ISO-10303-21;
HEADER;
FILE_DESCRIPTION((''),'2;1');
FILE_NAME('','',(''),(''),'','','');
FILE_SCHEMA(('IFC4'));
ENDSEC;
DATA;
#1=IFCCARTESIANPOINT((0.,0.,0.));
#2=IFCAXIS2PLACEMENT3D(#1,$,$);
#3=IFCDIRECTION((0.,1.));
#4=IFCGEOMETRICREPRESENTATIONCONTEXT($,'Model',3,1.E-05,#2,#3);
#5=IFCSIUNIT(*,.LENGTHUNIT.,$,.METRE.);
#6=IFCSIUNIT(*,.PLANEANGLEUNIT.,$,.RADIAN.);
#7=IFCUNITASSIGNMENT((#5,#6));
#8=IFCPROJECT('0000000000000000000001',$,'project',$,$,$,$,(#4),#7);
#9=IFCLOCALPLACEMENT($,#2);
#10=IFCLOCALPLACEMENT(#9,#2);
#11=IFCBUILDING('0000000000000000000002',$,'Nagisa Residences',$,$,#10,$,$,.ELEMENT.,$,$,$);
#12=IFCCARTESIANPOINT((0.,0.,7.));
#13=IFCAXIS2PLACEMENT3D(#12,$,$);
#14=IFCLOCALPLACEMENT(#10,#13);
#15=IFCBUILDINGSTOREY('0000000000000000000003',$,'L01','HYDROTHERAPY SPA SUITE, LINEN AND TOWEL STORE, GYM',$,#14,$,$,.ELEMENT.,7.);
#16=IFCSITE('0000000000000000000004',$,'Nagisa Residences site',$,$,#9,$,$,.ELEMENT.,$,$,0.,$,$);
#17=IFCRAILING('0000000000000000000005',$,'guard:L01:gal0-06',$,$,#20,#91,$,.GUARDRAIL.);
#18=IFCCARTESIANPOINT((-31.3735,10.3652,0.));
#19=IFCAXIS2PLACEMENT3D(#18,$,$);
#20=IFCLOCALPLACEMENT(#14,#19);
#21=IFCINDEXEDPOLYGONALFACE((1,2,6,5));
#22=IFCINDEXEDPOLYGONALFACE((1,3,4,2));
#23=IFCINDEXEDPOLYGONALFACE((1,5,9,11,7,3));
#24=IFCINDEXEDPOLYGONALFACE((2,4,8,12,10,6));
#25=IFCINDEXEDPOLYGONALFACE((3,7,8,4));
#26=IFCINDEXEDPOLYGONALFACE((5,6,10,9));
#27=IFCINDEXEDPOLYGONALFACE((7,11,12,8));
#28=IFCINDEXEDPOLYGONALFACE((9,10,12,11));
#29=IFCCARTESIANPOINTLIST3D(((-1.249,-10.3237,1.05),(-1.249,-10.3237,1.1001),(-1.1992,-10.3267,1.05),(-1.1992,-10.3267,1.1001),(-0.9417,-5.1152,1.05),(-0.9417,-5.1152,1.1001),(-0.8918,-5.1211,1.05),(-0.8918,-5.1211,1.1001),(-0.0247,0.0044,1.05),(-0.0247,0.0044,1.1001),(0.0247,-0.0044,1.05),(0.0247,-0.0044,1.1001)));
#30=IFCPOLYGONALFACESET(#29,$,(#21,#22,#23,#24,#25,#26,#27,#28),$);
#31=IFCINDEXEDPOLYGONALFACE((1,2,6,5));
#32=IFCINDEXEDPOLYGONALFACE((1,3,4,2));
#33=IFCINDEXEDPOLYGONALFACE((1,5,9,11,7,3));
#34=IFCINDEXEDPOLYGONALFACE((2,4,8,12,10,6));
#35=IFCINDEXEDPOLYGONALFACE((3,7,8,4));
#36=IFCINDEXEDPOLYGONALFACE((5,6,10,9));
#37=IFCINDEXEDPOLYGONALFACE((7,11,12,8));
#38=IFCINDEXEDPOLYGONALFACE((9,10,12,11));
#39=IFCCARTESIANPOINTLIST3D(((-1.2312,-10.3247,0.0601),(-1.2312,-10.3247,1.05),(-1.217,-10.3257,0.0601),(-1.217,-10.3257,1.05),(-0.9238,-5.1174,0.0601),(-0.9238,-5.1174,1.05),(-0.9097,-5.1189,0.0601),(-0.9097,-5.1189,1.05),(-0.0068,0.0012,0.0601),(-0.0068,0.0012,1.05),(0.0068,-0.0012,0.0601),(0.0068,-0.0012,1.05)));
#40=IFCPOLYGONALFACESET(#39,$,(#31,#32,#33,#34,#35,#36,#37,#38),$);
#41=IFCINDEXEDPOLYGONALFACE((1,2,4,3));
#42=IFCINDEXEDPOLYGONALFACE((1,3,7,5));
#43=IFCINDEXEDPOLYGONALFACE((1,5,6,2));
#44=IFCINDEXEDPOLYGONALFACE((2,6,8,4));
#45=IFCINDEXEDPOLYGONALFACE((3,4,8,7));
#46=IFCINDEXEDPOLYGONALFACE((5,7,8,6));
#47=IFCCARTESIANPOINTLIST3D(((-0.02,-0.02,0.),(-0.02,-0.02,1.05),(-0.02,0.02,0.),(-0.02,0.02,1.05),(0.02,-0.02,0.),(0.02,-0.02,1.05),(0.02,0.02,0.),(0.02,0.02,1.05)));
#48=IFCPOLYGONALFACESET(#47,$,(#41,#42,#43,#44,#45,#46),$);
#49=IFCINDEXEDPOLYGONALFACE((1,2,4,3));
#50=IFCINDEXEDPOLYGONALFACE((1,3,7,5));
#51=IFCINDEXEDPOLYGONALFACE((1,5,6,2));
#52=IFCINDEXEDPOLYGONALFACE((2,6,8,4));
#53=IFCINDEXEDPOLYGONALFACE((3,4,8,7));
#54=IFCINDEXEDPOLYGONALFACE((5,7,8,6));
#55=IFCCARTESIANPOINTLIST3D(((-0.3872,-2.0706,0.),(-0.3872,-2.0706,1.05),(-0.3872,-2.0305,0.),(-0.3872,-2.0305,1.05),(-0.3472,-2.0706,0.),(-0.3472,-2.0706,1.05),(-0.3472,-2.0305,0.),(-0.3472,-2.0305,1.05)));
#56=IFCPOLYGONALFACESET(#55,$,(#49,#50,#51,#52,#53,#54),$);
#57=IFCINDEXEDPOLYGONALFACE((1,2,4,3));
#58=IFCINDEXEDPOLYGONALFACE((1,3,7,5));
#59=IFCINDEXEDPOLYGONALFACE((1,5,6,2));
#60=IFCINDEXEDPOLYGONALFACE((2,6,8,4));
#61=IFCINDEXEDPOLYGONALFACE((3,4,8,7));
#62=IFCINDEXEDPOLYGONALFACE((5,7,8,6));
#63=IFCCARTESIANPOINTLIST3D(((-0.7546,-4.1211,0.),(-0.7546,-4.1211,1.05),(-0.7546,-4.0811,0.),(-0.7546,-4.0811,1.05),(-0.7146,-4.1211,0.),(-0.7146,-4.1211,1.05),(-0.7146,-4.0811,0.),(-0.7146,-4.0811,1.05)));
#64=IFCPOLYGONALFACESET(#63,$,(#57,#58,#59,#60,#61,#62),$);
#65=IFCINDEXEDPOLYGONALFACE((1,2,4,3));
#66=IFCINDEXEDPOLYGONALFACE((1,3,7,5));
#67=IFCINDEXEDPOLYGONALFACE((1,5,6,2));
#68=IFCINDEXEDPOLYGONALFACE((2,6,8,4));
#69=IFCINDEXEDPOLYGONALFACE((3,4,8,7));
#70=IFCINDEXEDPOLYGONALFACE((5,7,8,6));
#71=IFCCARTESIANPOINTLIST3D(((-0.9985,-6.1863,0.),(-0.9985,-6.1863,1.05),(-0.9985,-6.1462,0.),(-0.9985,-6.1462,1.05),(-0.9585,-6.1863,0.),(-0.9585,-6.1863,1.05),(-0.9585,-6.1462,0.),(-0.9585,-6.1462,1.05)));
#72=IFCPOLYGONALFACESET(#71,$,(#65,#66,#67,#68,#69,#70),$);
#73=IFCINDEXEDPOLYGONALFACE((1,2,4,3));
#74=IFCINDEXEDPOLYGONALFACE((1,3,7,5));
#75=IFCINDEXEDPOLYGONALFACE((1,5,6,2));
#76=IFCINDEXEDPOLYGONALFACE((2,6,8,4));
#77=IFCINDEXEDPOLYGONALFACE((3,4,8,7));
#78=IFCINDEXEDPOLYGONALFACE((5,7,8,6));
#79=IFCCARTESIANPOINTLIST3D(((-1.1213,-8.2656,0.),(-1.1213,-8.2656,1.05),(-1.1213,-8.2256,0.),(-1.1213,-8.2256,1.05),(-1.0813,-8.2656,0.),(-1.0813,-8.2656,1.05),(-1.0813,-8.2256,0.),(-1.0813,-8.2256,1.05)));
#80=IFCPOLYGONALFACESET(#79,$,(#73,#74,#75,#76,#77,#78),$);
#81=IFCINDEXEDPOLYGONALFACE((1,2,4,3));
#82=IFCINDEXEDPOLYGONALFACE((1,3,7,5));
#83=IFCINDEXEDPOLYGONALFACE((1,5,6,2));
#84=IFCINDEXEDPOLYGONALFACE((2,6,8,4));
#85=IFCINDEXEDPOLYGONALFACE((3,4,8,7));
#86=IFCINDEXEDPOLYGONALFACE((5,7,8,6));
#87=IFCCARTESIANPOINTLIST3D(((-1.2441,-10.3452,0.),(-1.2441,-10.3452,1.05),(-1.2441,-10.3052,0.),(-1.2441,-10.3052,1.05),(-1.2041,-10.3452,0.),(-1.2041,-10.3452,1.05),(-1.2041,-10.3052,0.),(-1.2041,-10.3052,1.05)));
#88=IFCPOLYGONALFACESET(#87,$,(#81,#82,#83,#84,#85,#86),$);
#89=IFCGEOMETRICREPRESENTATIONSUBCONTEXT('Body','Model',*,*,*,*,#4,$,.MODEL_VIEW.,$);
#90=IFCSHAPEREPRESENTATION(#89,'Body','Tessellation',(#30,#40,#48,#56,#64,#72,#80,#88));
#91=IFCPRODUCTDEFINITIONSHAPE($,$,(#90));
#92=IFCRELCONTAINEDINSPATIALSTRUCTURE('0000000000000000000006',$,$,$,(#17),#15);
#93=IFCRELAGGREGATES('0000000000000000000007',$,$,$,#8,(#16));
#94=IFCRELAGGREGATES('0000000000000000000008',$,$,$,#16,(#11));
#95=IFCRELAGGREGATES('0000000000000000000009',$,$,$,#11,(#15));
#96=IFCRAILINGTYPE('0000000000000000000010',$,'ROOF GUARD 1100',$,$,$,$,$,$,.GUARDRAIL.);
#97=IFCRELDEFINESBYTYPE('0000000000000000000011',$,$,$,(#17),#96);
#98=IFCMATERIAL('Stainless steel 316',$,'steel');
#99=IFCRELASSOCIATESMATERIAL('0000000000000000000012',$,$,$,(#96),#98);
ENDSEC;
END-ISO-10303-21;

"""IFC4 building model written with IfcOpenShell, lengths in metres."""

from ifc_helpers import new_model, si_unit, direction, frame, origin, origin_2d, place, context, subcontext, project, spatial, polyline, rectangle, outline, extrude, material, type_object, element, save


model = new_model("IFC4")

# Units and contexts
model_context = context("Model", 3, precision=1e-05, world=origin(), true_north=direction((0.0, 1.0)))
body_context = subcontext(model_context, "Body", "Model", "MODEL_VIEW")
ifc_project = project(units=[si_unit("LENGTHUNIT", "METRE"), si_unit("PLANEANGLEUNIT", "RADIAN")], contexts=[model_context])

# Site, building, storey
site_placement = place(None, origin())
site = spatial("IfcSite", under=ifc_project, at=site_placement, Name="Nagisa Residences site", CompositionType="ELEMENT", RefElevation=0.0)
building_placement = place(site_placement, origin())
building = spatial("IfcBuilding", under=site, at=building_placement, Name="Nagisa Residences", CompositionType="ELEMENT")
storey_placement = place(building_placement, frame((0.0, 0.0, 7.0)))
storey = spatial("IfcBuildingStorey", under=building, at=storey_placement, Name="L01", Description="HYDROTHERAPY SPA SUITE, LINEN AND TOWEL STORE, GYM", CompositionType="ELEMENT", Elevation=7.0)

# Railing
ifc_material_1 = material(Name="Stainless steel 316", Category="steel")
railing_type = type_object("IfcRailingType", Name="ROOF GUARD 1100", PredefinedType="GUARDRAIL", material=ifc_material_1)
railing_placement = place(storey_placement, frame((-31.3735, 10.3652, 0.0)))
element("IfcRailing", 1, at=railing_placement, inside=storey, type_object=railing_type, Name="guard:L01:gal0-06", PredefinedType="GUARDRAIL", context=body_context, shape_type="SweptSolid", body=[
    extrude(outline(polyline([(-0.8918, -5.1211), (0.0247, -0.0044), (-0.0247, 0.0044), (-0.9417, -5.1152), (-1.249, -10.3237), (-1.1992, -10.3267), (-0.8918, -5.1211)])), frame((0.0, 0.0, 1.05)), (0.0, 0.0, 1.0), 0.05),
    extrude(outline(polyline([(-0.9097, -5.1189), (0.0068, -0.0012), (-0.0068, 0.0012), (-0.9238, -5.1174), (-1.2312, -10.3247), (-1.217, -10.3257), (-0.9097, -5.1189)])), frame((0.0, 0.0, 0.0601)), (0.0, 0.0, 1.0), 0.99),
    extrude(rectangle(XDim=0.04, YDim=0.04, at=origin_2d()), origin(), (0.0, 0.0, 1.0), 1.05),
    extrude(rectangle(XDim=0.04, YDim=0.04, at=origin_2d()), frame((-0.3672, -2.0505, 0.0)), (0.0, 0.0, 1.0), 1.05),
    extrude(rectangle(XDim=0.04, YDim=0.04, at=origin_2d()), frame((-0.7346, -4.1011, 0.0)), (0.0, 0.0, 1.0), 1.05),
    extrude(rectangle(XDim=0.04, YDim=0.04, at=origin_2d()), frame((-0.9785, -6.1663, 0.0)), (0.0, 0.0, 1.0), 1.05),
    extrude(rectangle(XDim=0.04, YDim=0.04, at=origin_2d()), frame((-1.1013, -8.2456, 0.0)), (0.0, 0.0, 1.0), 1.05),
    extrude(rectangle(XDim=0.04, YDim=0.04, at=origin_2d()), frame((-1.2241, -10.3252, 0.0)), (0.0, 0.0, 1.0), 1.05),
])

save(model, "model.ifc")
